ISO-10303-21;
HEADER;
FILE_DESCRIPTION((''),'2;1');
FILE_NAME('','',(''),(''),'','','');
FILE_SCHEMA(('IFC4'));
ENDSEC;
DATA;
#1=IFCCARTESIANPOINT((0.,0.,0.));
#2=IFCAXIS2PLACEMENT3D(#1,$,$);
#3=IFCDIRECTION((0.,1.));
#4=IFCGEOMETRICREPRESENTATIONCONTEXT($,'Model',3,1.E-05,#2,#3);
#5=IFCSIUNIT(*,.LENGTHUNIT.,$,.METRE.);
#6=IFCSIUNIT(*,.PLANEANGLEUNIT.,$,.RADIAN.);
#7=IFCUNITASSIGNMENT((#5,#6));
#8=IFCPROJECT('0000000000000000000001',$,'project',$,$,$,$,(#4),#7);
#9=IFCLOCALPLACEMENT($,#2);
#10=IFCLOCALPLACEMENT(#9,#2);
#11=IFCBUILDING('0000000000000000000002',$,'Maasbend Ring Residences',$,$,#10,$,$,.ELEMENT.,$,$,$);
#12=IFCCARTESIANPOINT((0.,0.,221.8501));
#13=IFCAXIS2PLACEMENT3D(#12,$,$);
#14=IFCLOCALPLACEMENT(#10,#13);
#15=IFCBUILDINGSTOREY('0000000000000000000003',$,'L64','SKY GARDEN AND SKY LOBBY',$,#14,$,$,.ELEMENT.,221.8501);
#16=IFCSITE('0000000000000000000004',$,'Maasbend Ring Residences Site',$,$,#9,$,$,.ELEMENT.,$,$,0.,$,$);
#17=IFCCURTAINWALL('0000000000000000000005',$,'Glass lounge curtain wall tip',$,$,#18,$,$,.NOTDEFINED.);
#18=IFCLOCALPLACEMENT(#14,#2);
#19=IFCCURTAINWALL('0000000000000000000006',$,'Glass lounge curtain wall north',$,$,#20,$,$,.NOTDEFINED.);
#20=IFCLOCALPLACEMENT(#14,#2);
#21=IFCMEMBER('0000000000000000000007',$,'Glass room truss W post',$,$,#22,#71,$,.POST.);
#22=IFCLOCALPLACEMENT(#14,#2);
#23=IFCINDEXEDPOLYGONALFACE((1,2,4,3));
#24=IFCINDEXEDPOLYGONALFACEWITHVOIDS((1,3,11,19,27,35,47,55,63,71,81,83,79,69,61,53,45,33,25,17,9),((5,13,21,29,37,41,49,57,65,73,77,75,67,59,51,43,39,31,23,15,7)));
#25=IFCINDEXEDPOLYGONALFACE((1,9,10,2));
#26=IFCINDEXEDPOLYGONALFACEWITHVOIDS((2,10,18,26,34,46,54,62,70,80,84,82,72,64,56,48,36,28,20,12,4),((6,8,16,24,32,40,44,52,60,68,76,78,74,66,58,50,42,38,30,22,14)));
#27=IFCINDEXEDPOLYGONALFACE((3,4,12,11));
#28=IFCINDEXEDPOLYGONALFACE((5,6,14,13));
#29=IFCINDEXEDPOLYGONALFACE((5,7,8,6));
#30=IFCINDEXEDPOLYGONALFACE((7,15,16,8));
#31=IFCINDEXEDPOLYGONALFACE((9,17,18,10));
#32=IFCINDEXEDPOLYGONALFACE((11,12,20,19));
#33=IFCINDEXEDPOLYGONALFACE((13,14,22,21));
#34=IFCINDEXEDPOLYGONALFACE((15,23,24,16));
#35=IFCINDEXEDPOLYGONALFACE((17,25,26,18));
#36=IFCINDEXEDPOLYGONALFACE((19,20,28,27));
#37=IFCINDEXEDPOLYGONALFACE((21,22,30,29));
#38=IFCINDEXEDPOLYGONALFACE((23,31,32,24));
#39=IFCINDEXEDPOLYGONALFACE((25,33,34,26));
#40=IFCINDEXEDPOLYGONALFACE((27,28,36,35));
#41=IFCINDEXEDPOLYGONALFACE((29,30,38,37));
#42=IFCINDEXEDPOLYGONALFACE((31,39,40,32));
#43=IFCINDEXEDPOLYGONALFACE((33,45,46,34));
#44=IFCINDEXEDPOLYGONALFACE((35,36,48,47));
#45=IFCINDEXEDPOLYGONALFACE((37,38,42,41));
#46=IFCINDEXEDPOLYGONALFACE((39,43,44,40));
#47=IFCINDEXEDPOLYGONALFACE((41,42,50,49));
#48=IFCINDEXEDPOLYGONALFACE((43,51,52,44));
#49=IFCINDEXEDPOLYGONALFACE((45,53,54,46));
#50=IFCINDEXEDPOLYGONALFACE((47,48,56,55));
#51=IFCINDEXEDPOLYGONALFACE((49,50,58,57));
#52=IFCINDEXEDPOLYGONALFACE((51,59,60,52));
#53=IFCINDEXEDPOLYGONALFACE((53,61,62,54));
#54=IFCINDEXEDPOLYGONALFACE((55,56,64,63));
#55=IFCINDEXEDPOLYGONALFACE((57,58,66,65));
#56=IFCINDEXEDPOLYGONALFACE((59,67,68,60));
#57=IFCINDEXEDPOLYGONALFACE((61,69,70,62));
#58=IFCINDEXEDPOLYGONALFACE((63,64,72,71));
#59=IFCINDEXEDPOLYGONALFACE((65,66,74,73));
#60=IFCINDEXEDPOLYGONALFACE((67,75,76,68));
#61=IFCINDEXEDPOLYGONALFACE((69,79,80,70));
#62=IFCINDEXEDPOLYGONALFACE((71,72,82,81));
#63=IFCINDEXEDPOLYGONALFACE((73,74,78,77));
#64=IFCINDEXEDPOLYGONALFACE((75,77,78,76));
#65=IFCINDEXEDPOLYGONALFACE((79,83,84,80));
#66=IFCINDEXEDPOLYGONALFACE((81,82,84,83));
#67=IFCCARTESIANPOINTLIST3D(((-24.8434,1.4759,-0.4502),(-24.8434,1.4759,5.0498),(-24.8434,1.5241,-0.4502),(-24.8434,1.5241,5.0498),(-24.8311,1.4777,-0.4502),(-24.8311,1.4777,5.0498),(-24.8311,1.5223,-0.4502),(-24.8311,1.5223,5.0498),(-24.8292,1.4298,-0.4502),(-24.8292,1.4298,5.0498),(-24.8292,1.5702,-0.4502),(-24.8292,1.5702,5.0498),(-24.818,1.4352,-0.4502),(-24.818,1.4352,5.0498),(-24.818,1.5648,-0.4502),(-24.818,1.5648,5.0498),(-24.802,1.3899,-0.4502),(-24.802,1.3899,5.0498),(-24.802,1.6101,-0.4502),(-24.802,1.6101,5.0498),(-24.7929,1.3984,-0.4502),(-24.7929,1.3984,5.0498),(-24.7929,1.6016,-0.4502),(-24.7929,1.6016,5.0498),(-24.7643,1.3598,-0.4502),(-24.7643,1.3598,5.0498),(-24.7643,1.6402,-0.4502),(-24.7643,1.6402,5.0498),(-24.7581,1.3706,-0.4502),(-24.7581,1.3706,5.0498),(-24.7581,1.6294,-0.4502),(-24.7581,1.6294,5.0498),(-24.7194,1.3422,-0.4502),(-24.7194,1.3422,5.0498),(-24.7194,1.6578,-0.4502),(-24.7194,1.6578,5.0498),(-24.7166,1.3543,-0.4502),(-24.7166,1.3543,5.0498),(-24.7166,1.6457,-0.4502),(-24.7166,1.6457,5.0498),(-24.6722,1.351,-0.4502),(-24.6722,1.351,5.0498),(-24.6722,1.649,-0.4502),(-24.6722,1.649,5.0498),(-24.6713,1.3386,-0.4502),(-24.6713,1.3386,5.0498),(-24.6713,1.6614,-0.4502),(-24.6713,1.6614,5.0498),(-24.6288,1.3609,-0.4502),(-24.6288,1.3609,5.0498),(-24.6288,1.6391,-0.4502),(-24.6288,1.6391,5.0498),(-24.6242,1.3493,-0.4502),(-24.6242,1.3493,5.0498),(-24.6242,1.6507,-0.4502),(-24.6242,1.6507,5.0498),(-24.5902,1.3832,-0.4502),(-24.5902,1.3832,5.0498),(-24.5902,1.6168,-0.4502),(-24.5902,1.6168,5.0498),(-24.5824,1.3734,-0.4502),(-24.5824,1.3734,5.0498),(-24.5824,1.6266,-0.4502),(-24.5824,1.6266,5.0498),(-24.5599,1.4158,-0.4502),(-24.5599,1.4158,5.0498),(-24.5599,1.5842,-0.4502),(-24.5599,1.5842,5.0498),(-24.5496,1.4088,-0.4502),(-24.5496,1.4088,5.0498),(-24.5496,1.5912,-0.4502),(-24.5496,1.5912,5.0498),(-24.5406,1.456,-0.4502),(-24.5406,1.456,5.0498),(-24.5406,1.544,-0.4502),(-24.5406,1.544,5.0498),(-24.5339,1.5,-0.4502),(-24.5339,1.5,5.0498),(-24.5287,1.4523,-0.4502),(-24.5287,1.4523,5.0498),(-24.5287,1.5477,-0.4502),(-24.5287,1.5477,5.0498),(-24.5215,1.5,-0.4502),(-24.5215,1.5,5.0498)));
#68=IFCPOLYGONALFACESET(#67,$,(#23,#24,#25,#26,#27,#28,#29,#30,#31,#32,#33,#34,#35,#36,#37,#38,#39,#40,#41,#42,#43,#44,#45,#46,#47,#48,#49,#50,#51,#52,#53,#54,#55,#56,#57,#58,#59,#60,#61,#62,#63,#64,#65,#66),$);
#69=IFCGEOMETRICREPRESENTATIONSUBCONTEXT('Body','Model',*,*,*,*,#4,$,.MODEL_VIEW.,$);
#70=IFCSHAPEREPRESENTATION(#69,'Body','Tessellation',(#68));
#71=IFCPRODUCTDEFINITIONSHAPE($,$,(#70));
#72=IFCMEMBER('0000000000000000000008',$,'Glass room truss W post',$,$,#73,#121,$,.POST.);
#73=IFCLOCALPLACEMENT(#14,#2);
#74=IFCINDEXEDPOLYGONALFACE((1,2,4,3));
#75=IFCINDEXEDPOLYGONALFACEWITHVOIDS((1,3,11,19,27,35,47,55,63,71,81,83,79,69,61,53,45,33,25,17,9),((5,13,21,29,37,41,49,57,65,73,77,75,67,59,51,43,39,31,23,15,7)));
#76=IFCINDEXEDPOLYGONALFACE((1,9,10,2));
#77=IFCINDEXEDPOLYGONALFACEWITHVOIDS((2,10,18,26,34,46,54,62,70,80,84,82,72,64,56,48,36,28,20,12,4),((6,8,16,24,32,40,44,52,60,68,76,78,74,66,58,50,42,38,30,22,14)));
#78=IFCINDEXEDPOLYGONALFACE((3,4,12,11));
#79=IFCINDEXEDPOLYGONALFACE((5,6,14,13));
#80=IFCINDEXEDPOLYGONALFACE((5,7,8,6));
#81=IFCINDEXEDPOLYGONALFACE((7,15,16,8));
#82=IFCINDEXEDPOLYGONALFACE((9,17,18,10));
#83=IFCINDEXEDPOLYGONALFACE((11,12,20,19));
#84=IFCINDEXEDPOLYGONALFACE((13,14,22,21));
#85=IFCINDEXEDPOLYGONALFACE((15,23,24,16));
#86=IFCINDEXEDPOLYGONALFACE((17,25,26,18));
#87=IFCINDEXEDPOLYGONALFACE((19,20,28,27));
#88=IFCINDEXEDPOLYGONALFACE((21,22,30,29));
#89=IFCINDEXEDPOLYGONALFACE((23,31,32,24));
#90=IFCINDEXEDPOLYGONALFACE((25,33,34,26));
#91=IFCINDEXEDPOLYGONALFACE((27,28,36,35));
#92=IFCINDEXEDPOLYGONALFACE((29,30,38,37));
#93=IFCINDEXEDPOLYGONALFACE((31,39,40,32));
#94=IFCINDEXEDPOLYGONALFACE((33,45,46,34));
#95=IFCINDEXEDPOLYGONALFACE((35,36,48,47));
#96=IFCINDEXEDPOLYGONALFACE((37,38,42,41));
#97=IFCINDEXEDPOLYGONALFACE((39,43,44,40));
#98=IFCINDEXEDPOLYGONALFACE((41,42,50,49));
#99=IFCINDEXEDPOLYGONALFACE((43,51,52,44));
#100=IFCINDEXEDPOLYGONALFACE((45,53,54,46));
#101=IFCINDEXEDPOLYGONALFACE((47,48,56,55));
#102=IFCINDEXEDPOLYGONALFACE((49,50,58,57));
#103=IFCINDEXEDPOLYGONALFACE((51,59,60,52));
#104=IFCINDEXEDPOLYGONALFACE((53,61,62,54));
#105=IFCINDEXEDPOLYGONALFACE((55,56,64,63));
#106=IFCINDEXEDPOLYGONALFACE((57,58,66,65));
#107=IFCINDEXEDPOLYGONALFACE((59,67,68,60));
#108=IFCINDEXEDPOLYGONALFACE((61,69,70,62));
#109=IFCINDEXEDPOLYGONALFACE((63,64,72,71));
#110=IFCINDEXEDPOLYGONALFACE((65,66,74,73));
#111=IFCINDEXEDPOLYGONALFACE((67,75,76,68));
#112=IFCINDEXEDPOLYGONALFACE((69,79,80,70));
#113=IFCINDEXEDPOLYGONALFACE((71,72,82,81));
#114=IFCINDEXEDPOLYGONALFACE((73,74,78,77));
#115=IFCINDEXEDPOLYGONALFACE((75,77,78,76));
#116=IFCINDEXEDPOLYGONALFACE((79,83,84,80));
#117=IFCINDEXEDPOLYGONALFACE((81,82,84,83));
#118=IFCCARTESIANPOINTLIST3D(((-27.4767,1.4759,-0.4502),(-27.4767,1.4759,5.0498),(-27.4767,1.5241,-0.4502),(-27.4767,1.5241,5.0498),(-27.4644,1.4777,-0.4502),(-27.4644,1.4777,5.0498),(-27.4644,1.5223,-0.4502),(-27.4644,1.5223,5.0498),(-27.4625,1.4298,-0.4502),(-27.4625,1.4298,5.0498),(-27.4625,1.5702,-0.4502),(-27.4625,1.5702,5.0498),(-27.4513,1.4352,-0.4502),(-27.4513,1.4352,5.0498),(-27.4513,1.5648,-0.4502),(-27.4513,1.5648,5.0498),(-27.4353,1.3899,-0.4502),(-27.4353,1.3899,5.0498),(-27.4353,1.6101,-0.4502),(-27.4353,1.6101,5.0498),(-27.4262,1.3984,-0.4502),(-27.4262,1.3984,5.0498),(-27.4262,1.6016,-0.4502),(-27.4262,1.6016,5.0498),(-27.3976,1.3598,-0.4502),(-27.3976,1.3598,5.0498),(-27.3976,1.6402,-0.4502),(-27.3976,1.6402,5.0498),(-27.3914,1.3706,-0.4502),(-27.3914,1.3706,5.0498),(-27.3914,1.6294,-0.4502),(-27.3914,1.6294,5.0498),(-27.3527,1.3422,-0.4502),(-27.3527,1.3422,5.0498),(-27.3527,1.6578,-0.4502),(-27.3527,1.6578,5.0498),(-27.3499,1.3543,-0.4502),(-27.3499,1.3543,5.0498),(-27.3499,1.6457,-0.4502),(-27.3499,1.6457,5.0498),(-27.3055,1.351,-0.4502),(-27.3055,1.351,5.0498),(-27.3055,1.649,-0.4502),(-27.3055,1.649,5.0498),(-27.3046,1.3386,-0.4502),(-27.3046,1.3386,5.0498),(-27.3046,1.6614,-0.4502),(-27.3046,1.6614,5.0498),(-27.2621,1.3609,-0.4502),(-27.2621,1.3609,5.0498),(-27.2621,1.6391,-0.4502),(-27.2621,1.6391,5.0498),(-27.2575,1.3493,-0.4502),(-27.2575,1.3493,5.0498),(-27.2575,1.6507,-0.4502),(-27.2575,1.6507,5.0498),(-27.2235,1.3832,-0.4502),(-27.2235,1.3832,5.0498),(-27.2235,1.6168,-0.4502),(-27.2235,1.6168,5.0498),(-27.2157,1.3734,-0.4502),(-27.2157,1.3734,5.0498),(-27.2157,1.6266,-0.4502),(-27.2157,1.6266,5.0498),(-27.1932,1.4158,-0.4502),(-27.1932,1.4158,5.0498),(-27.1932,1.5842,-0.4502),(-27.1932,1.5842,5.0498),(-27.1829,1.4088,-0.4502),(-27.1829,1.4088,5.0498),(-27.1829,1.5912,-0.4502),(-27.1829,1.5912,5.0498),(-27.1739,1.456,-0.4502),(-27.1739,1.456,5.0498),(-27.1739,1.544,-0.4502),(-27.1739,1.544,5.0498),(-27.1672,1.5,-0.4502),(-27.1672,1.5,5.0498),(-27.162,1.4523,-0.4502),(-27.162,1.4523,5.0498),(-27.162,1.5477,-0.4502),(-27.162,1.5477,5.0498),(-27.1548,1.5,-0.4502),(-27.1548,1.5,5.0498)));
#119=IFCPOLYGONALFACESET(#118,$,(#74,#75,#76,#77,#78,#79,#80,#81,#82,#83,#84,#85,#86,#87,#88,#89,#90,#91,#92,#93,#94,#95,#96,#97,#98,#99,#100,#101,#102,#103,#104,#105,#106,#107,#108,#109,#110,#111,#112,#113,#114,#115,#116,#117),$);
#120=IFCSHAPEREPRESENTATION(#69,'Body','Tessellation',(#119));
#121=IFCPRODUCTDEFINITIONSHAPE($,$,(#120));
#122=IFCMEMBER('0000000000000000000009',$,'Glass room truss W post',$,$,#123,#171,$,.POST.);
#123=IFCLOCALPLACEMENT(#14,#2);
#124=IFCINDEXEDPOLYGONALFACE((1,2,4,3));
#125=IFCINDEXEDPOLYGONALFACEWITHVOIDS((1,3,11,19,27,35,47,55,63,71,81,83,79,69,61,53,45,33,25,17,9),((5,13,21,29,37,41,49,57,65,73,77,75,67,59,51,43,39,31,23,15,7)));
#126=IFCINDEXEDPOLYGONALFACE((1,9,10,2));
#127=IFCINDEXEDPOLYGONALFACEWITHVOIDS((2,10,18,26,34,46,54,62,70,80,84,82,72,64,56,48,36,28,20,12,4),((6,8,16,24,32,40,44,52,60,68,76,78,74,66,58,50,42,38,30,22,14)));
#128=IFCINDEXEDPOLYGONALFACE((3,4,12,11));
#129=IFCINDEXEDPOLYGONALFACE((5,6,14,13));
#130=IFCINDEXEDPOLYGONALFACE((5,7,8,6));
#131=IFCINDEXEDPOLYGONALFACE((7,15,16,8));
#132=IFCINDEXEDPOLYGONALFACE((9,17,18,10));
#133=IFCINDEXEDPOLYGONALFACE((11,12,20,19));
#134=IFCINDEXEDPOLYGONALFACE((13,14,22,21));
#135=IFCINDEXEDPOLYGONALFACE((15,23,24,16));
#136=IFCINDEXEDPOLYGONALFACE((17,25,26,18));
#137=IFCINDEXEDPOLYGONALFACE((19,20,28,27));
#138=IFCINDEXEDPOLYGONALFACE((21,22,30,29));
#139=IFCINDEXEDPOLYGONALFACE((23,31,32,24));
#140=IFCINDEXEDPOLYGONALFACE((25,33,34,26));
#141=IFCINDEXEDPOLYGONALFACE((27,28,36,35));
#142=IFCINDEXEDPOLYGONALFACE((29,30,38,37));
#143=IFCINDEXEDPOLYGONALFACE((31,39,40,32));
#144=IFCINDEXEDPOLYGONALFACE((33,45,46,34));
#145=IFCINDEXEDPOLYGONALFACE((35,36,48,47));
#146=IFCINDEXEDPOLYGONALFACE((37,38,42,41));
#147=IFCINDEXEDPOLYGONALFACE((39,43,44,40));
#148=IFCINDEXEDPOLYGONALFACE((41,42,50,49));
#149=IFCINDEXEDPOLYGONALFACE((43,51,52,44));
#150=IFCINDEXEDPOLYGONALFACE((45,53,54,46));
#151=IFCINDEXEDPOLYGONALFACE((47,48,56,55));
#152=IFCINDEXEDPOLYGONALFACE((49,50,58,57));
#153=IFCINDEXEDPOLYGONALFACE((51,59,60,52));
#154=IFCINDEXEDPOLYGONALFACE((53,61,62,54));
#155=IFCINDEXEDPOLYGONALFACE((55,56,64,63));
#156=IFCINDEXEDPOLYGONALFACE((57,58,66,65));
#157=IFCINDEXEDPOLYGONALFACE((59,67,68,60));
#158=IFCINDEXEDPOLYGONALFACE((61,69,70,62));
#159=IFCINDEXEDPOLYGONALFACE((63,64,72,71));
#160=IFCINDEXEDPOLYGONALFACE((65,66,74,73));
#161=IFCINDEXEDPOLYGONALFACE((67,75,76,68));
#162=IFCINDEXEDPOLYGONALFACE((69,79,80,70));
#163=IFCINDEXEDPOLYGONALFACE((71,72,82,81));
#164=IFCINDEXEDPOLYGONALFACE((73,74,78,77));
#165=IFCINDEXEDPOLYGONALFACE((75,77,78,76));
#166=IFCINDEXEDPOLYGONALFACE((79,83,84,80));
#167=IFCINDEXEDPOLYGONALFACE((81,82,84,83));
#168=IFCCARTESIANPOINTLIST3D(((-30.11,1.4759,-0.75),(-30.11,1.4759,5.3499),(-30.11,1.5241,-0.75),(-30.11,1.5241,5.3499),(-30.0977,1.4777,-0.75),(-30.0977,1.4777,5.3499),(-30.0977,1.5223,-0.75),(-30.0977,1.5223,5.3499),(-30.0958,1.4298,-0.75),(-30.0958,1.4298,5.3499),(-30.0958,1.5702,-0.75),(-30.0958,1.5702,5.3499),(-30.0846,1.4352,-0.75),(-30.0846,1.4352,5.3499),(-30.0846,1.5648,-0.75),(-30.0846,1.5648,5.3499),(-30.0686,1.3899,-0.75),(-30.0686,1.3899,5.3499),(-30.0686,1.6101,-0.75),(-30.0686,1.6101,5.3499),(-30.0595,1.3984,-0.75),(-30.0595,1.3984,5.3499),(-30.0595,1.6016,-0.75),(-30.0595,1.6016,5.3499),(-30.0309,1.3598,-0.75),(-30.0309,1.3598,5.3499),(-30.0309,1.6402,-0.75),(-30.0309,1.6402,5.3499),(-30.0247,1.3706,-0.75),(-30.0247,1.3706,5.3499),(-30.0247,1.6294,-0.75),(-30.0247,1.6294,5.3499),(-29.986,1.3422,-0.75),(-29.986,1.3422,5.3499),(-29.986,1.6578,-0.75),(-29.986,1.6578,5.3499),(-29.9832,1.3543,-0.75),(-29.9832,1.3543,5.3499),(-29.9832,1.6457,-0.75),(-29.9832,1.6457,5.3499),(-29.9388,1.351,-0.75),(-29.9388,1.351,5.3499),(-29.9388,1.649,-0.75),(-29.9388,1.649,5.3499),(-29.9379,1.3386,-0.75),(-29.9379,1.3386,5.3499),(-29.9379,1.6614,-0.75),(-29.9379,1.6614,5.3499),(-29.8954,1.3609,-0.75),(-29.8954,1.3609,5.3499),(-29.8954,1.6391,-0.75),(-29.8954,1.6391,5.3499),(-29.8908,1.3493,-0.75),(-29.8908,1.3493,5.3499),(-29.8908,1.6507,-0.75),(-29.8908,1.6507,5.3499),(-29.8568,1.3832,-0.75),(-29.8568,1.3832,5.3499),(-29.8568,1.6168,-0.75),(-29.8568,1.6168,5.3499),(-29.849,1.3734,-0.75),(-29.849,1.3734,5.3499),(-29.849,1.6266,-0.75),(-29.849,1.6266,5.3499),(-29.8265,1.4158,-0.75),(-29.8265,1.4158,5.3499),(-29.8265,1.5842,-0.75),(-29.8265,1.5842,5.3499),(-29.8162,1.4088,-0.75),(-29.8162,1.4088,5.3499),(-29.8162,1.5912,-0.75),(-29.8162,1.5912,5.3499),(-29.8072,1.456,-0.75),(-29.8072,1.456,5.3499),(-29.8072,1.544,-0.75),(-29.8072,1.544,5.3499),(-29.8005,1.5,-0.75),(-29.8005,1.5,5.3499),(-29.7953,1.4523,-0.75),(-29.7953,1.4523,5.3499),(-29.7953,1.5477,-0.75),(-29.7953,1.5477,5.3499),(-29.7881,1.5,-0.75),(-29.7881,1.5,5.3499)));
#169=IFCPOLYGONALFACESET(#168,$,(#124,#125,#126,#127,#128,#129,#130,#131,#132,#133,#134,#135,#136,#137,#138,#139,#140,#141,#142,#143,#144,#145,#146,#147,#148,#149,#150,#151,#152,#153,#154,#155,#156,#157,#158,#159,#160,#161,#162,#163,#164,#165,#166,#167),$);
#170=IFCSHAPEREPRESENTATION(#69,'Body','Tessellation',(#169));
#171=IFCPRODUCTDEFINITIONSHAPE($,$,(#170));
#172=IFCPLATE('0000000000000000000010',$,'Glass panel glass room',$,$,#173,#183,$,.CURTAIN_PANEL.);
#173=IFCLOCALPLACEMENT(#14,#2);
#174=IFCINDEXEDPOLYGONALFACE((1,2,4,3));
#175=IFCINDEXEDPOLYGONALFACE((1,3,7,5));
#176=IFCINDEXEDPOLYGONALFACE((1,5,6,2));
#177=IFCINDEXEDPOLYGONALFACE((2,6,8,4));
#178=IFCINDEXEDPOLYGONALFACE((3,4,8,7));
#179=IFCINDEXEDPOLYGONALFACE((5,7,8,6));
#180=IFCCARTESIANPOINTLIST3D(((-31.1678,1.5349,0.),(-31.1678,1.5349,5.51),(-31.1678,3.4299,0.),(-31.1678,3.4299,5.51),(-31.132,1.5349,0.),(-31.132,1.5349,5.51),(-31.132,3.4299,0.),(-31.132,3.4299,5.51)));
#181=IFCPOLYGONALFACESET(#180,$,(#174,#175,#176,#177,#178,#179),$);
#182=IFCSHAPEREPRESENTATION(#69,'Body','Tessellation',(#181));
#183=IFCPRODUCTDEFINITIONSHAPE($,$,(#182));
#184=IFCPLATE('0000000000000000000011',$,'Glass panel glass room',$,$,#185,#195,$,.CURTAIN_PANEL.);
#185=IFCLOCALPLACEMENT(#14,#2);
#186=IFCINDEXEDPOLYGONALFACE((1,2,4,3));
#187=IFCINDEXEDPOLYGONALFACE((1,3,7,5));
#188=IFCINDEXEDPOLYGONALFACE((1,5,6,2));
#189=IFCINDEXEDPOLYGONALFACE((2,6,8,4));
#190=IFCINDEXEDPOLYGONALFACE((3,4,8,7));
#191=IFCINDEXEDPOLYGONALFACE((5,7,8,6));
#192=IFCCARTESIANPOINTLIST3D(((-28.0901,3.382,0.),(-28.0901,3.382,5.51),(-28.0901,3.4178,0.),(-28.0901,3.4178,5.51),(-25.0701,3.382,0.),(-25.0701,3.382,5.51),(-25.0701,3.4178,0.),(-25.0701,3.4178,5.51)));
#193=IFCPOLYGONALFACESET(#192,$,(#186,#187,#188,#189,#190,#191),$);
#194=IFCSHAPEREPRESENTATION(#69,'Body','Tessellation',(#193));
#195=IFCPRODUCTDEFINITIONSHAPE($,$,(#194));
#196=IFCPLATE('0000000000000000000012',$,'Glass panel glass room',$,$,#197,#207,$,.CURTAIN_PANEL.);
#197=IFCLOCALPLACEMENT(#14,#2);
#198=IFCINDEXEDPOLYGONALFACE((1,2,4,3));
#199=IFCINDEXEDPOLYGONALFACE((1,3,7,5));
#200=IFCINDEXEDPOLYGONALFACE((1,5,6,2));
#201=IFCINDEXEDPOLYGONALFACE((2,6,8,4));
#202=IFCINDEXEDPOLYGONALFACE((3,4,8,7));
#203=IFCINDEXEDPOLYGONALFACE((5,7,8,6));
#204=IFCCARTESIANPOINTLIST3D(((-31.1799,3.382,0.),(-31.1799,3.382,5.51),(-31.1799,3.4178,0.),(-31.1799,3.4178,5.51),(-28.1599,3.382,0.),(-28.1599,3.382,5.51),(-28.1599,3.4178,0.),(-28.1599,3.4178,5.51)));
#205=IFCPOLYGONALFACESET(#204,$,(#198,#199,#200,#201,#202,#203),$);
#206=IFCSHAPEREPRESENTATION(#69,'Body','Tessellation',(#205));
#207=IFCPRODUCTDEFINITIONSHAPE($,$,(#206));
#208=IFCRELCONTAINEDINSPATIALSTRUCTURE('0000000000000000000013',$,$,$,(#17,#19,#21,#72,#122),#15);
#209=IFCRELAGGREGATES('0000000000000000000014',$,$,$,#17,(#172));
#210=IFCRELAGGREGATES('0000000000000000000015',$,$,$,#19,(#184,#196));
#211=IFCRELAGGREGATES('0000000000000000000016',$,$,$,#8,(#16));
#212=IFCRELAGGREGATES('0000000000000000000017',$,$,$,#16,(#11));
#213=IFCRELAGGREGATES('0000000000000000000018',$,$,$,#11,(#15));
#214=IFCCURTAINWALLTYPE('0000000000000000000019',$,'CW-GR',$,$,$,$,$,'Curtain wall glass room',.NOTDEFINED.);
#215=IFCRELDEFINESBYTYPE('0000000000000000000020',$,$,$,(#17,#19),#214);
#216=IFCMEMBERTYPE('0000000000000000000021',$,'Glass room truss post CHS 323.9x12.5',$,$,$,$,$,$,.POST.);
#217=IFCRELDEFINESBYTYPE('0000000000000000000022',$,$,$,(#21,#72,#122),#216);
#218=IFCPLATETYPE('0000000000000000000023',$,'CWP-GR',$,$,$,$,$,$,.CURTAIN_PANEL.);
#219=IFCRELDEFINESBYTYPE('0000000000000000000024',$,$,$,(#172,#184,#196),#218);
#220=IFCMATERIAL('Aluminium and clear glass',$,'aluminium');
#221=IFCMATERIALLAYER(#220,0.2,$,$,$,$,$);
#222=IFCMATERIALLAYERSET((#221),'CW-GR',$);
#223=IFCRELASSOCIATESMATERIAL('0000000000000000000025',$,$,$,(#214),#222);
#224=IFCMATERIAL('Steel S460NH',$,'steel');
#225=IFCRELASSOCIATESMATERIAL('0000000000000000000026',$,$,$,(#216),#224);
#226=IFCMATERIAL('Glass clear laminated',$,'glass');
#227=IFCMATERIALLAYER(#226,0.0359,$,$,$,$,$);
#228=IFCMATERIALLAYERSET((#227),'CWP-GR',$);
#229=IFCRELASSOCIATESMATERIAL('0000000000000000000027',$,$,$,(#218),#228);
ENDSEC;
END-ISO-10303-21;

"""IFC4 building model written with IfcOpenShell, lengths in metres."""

from ifc_helpers import new_model, si_unit, direction, frame, origin, origin_2d, place, context, subcontext, project, spatial, rectangle, hollow_circle, extrude, material, layer, layer_set, material_profile, profile_set, type_object, element, aggregate, save


model = new_model("IFC4")

# Units and contexts
model_context = context("Model", 3, precision=1e-05, world=origin(), true_north=direction((0.0, 1.0)))
body_context = subcontext(model_context, "Body", "Model", "MODEL_VIEW")
ifc_project = project(units=[si_unit("LENGTHUNIT", "METRE"), si_unit("PLANEANGLEUNIT", "RADIAN")], contexts=[model_context])

# Site, building, storey
site_placement = place(None, origin())
site = spatial("IfcSite", under=ifc_project, at=site_placement, Name="Maasbend Ring Residences Site", CompositionType="ELEMENT", RefElevation=0.0)
building_placement = place(site_placement, origin())
building = spatial("IfcBuilding", under=site, at=building_placement, Name="Maasbend Ring Residences", CompositionType="ELEMENT")
storey_placement = place(building_placement, frame((0.0, 0.0, 221.8501)))
storey = spatial("IfcBuildingStorey", under=building, at=storey_placement, Name="L64", Description="SKY GARDEN AND SKY LOBBY", CompositionType="ELEMENT", Elevation=221.8501)

# Curtain walls
ifc_material_1 = material(Name="Aluminium and clear glass", Category="aluminium")
ifc_layer_1 = layer(ifc_material_1, 0.2)
ifc_layer_set_1 = layer_set([ifc_layer_1], Name="CW-GR")
curtain_wall_type = type_object("IfcCurtainWallType", Name="CW-GR", ElementType="Curtain wall glass room", PredefinedType="NOTDEFINED", material=ifc_layer_set_1)
curtain_wall_1_placement = place(storey_placement, origin())
curtain_wall_1 = element("IfcCurtainWall", 1, at=curtain_wall_1_placement, inside=storey, type_object=curtain_wall_type, Name="Glass lounge curtain wall tip", PredefinedType="NOTDEFINED")
curtain_wall_2_placement = place(storey_placement, origin())
curtain_wall_2 = element("IfcCurtainWall", 2, at=curtain_wall_2_placement, inside=storey, type_object=curtain_wall_type, Name="Glass lounge curtain wall north", PredefinedType="NOTDEFINED")

# Members
ifc_material_2 = material(Name="Steel S460NH", Category="steel")
ifc_material_profile_1 = material_profile(ifc_material_2, hollow_circle(Radius=0.1619, WallThickness=0.0125, at=origin_2d()), Name="Glass room truss post CHS 323.9x12.5")
ifc_profile_set_1 = profile_set([ifc_material_profile_1], Name="Steel S460NH")
member_type_1 = type_object("IfcMemberType", Name="Glass room truss post CHS 323.9x12.5", PredefinedType="POST", material=ifc_profile_set_1)
for number, where, z_axis, x_axis, name in (
    (3, (-24.6833, 1.5, -0.4502), (0.0, 0.0, 1.0), (1.0, 0.0, 0.0), "Glass room truss W post"),
    (4, (-27.3167, 1.5, -0.4502), (0.0, 0.0, 1.0), (1.0, 0.0, 0.0), "Glass room truss W post"),
):
    element("IfcMember", number, at=place(storey_placement, frame(where, z_axis=z_axis, x_axis=x_axis)), inside=storey, type_object=member_type_1, Name=name, PredefinedType="POST", context=body_context, shape_type="SweptSolid", body=[
        extrude(hollow_circle(Radius=0.1619, WallThickness=0.0125, at=origin_2d()), origin(), (0.0, 0.0, 1.0), 5.5),
    ])
member_1_placement = place(storey_placement, frame((-29.95, 1.5, -0.75), z_axis=(0.0, 0.0, 1.0), x_axis=(1.0, 0.0, 0.0)))
element("IfcMember", 5, at=member_1_placement, inside=storey, type_object=member_type_1, Name="Glass room truss W post", PredefinedType="POST", context=body_context, shape_type="SweptSolid", body=[
    extrude(hollow_circle(Radius=0.1619, WallThickness=0.0125, at=origin_2d()), origin(), (0.0, 0.0, 1.0), 6.0999),
])

# Plates
ifc_material_3 = material(Name="Glass clear laminated", Category="glass")
ifc_layer_2 = layer(ifc_material_3, 0.0359)
ifc_layer_set_2 = layer_set([ifc_layer_2], Name="CWP-GR")
plate_type = type_object("IfcPlateType", Name="CWP-GR", PredefinedType="CURTAIN_PANEL", material=ifc_layer_set_2)
plate_1_placement = place(storey_placement, frame((-31.1499, 2.4824, 0.0), z_axis=(0.0, 0.0, 1.0), x_axis=(0.0, 1.0, 0.0)))
plate_1 = element("IfcPlate", 6, at=plate_1_placement, type_object=plate_type, Name="Glass panel glass room", PredefinedType="CURTAIN_PANEL", context=body_context, shape_type="SweptSolid", body=[
    extrude(rectangle(XDim=1.895, YDim=0.0359, at=origin_2d()), origin(), (0.0, 0.0, 1.0), 5.51),
])
aggregate(curtain_wall_1, [plate_1])
plate_2_placement = place(storey_placement, frame((-26.5801, 3.3999, 0.0), z_axis=(0.0, 0.0, 1.0), x_axis=(-1.0, 0.0, 0.0)))
plate_2 = element("IfcPlate", 7, at=plate_2_placement, type_object=plate_type, Name="Glass panel glass room", PredefinedType="CURTAIN_PANEL", context=body_context, shape_type="SweptSolid", body=[
    extrude(rectangle(XDim=3.02, YDim=0.0359, at=origin_2d()), origin(), (0.0, 0.0, 1.0), 5.51),
])
plate_3_placement = place(storey_placement, frame((-29.6699, 3.3999, 0.0), z_axis=(0.0, 0.0, 1.0), x_axis=(-1.0, 0.0, 0.0)))
plate_3 = element("IfcPlate", 8, at=plate_3_placement, type_object=plate_type, Name="Glass panel glass room", PredefinedType="CURTAIN_PANEL", context=body_context, shape_type="SweptSolid", body=[
    extrude(rectangle(XDim=3.02, YDim=0.0359, at=origin_2d()), origin(), (0.0, 0.0, 1.0), 5.51),
])
aggregate(curtain_wall_2, [plate_2, plate_3])

save(model, "model.ifc")
